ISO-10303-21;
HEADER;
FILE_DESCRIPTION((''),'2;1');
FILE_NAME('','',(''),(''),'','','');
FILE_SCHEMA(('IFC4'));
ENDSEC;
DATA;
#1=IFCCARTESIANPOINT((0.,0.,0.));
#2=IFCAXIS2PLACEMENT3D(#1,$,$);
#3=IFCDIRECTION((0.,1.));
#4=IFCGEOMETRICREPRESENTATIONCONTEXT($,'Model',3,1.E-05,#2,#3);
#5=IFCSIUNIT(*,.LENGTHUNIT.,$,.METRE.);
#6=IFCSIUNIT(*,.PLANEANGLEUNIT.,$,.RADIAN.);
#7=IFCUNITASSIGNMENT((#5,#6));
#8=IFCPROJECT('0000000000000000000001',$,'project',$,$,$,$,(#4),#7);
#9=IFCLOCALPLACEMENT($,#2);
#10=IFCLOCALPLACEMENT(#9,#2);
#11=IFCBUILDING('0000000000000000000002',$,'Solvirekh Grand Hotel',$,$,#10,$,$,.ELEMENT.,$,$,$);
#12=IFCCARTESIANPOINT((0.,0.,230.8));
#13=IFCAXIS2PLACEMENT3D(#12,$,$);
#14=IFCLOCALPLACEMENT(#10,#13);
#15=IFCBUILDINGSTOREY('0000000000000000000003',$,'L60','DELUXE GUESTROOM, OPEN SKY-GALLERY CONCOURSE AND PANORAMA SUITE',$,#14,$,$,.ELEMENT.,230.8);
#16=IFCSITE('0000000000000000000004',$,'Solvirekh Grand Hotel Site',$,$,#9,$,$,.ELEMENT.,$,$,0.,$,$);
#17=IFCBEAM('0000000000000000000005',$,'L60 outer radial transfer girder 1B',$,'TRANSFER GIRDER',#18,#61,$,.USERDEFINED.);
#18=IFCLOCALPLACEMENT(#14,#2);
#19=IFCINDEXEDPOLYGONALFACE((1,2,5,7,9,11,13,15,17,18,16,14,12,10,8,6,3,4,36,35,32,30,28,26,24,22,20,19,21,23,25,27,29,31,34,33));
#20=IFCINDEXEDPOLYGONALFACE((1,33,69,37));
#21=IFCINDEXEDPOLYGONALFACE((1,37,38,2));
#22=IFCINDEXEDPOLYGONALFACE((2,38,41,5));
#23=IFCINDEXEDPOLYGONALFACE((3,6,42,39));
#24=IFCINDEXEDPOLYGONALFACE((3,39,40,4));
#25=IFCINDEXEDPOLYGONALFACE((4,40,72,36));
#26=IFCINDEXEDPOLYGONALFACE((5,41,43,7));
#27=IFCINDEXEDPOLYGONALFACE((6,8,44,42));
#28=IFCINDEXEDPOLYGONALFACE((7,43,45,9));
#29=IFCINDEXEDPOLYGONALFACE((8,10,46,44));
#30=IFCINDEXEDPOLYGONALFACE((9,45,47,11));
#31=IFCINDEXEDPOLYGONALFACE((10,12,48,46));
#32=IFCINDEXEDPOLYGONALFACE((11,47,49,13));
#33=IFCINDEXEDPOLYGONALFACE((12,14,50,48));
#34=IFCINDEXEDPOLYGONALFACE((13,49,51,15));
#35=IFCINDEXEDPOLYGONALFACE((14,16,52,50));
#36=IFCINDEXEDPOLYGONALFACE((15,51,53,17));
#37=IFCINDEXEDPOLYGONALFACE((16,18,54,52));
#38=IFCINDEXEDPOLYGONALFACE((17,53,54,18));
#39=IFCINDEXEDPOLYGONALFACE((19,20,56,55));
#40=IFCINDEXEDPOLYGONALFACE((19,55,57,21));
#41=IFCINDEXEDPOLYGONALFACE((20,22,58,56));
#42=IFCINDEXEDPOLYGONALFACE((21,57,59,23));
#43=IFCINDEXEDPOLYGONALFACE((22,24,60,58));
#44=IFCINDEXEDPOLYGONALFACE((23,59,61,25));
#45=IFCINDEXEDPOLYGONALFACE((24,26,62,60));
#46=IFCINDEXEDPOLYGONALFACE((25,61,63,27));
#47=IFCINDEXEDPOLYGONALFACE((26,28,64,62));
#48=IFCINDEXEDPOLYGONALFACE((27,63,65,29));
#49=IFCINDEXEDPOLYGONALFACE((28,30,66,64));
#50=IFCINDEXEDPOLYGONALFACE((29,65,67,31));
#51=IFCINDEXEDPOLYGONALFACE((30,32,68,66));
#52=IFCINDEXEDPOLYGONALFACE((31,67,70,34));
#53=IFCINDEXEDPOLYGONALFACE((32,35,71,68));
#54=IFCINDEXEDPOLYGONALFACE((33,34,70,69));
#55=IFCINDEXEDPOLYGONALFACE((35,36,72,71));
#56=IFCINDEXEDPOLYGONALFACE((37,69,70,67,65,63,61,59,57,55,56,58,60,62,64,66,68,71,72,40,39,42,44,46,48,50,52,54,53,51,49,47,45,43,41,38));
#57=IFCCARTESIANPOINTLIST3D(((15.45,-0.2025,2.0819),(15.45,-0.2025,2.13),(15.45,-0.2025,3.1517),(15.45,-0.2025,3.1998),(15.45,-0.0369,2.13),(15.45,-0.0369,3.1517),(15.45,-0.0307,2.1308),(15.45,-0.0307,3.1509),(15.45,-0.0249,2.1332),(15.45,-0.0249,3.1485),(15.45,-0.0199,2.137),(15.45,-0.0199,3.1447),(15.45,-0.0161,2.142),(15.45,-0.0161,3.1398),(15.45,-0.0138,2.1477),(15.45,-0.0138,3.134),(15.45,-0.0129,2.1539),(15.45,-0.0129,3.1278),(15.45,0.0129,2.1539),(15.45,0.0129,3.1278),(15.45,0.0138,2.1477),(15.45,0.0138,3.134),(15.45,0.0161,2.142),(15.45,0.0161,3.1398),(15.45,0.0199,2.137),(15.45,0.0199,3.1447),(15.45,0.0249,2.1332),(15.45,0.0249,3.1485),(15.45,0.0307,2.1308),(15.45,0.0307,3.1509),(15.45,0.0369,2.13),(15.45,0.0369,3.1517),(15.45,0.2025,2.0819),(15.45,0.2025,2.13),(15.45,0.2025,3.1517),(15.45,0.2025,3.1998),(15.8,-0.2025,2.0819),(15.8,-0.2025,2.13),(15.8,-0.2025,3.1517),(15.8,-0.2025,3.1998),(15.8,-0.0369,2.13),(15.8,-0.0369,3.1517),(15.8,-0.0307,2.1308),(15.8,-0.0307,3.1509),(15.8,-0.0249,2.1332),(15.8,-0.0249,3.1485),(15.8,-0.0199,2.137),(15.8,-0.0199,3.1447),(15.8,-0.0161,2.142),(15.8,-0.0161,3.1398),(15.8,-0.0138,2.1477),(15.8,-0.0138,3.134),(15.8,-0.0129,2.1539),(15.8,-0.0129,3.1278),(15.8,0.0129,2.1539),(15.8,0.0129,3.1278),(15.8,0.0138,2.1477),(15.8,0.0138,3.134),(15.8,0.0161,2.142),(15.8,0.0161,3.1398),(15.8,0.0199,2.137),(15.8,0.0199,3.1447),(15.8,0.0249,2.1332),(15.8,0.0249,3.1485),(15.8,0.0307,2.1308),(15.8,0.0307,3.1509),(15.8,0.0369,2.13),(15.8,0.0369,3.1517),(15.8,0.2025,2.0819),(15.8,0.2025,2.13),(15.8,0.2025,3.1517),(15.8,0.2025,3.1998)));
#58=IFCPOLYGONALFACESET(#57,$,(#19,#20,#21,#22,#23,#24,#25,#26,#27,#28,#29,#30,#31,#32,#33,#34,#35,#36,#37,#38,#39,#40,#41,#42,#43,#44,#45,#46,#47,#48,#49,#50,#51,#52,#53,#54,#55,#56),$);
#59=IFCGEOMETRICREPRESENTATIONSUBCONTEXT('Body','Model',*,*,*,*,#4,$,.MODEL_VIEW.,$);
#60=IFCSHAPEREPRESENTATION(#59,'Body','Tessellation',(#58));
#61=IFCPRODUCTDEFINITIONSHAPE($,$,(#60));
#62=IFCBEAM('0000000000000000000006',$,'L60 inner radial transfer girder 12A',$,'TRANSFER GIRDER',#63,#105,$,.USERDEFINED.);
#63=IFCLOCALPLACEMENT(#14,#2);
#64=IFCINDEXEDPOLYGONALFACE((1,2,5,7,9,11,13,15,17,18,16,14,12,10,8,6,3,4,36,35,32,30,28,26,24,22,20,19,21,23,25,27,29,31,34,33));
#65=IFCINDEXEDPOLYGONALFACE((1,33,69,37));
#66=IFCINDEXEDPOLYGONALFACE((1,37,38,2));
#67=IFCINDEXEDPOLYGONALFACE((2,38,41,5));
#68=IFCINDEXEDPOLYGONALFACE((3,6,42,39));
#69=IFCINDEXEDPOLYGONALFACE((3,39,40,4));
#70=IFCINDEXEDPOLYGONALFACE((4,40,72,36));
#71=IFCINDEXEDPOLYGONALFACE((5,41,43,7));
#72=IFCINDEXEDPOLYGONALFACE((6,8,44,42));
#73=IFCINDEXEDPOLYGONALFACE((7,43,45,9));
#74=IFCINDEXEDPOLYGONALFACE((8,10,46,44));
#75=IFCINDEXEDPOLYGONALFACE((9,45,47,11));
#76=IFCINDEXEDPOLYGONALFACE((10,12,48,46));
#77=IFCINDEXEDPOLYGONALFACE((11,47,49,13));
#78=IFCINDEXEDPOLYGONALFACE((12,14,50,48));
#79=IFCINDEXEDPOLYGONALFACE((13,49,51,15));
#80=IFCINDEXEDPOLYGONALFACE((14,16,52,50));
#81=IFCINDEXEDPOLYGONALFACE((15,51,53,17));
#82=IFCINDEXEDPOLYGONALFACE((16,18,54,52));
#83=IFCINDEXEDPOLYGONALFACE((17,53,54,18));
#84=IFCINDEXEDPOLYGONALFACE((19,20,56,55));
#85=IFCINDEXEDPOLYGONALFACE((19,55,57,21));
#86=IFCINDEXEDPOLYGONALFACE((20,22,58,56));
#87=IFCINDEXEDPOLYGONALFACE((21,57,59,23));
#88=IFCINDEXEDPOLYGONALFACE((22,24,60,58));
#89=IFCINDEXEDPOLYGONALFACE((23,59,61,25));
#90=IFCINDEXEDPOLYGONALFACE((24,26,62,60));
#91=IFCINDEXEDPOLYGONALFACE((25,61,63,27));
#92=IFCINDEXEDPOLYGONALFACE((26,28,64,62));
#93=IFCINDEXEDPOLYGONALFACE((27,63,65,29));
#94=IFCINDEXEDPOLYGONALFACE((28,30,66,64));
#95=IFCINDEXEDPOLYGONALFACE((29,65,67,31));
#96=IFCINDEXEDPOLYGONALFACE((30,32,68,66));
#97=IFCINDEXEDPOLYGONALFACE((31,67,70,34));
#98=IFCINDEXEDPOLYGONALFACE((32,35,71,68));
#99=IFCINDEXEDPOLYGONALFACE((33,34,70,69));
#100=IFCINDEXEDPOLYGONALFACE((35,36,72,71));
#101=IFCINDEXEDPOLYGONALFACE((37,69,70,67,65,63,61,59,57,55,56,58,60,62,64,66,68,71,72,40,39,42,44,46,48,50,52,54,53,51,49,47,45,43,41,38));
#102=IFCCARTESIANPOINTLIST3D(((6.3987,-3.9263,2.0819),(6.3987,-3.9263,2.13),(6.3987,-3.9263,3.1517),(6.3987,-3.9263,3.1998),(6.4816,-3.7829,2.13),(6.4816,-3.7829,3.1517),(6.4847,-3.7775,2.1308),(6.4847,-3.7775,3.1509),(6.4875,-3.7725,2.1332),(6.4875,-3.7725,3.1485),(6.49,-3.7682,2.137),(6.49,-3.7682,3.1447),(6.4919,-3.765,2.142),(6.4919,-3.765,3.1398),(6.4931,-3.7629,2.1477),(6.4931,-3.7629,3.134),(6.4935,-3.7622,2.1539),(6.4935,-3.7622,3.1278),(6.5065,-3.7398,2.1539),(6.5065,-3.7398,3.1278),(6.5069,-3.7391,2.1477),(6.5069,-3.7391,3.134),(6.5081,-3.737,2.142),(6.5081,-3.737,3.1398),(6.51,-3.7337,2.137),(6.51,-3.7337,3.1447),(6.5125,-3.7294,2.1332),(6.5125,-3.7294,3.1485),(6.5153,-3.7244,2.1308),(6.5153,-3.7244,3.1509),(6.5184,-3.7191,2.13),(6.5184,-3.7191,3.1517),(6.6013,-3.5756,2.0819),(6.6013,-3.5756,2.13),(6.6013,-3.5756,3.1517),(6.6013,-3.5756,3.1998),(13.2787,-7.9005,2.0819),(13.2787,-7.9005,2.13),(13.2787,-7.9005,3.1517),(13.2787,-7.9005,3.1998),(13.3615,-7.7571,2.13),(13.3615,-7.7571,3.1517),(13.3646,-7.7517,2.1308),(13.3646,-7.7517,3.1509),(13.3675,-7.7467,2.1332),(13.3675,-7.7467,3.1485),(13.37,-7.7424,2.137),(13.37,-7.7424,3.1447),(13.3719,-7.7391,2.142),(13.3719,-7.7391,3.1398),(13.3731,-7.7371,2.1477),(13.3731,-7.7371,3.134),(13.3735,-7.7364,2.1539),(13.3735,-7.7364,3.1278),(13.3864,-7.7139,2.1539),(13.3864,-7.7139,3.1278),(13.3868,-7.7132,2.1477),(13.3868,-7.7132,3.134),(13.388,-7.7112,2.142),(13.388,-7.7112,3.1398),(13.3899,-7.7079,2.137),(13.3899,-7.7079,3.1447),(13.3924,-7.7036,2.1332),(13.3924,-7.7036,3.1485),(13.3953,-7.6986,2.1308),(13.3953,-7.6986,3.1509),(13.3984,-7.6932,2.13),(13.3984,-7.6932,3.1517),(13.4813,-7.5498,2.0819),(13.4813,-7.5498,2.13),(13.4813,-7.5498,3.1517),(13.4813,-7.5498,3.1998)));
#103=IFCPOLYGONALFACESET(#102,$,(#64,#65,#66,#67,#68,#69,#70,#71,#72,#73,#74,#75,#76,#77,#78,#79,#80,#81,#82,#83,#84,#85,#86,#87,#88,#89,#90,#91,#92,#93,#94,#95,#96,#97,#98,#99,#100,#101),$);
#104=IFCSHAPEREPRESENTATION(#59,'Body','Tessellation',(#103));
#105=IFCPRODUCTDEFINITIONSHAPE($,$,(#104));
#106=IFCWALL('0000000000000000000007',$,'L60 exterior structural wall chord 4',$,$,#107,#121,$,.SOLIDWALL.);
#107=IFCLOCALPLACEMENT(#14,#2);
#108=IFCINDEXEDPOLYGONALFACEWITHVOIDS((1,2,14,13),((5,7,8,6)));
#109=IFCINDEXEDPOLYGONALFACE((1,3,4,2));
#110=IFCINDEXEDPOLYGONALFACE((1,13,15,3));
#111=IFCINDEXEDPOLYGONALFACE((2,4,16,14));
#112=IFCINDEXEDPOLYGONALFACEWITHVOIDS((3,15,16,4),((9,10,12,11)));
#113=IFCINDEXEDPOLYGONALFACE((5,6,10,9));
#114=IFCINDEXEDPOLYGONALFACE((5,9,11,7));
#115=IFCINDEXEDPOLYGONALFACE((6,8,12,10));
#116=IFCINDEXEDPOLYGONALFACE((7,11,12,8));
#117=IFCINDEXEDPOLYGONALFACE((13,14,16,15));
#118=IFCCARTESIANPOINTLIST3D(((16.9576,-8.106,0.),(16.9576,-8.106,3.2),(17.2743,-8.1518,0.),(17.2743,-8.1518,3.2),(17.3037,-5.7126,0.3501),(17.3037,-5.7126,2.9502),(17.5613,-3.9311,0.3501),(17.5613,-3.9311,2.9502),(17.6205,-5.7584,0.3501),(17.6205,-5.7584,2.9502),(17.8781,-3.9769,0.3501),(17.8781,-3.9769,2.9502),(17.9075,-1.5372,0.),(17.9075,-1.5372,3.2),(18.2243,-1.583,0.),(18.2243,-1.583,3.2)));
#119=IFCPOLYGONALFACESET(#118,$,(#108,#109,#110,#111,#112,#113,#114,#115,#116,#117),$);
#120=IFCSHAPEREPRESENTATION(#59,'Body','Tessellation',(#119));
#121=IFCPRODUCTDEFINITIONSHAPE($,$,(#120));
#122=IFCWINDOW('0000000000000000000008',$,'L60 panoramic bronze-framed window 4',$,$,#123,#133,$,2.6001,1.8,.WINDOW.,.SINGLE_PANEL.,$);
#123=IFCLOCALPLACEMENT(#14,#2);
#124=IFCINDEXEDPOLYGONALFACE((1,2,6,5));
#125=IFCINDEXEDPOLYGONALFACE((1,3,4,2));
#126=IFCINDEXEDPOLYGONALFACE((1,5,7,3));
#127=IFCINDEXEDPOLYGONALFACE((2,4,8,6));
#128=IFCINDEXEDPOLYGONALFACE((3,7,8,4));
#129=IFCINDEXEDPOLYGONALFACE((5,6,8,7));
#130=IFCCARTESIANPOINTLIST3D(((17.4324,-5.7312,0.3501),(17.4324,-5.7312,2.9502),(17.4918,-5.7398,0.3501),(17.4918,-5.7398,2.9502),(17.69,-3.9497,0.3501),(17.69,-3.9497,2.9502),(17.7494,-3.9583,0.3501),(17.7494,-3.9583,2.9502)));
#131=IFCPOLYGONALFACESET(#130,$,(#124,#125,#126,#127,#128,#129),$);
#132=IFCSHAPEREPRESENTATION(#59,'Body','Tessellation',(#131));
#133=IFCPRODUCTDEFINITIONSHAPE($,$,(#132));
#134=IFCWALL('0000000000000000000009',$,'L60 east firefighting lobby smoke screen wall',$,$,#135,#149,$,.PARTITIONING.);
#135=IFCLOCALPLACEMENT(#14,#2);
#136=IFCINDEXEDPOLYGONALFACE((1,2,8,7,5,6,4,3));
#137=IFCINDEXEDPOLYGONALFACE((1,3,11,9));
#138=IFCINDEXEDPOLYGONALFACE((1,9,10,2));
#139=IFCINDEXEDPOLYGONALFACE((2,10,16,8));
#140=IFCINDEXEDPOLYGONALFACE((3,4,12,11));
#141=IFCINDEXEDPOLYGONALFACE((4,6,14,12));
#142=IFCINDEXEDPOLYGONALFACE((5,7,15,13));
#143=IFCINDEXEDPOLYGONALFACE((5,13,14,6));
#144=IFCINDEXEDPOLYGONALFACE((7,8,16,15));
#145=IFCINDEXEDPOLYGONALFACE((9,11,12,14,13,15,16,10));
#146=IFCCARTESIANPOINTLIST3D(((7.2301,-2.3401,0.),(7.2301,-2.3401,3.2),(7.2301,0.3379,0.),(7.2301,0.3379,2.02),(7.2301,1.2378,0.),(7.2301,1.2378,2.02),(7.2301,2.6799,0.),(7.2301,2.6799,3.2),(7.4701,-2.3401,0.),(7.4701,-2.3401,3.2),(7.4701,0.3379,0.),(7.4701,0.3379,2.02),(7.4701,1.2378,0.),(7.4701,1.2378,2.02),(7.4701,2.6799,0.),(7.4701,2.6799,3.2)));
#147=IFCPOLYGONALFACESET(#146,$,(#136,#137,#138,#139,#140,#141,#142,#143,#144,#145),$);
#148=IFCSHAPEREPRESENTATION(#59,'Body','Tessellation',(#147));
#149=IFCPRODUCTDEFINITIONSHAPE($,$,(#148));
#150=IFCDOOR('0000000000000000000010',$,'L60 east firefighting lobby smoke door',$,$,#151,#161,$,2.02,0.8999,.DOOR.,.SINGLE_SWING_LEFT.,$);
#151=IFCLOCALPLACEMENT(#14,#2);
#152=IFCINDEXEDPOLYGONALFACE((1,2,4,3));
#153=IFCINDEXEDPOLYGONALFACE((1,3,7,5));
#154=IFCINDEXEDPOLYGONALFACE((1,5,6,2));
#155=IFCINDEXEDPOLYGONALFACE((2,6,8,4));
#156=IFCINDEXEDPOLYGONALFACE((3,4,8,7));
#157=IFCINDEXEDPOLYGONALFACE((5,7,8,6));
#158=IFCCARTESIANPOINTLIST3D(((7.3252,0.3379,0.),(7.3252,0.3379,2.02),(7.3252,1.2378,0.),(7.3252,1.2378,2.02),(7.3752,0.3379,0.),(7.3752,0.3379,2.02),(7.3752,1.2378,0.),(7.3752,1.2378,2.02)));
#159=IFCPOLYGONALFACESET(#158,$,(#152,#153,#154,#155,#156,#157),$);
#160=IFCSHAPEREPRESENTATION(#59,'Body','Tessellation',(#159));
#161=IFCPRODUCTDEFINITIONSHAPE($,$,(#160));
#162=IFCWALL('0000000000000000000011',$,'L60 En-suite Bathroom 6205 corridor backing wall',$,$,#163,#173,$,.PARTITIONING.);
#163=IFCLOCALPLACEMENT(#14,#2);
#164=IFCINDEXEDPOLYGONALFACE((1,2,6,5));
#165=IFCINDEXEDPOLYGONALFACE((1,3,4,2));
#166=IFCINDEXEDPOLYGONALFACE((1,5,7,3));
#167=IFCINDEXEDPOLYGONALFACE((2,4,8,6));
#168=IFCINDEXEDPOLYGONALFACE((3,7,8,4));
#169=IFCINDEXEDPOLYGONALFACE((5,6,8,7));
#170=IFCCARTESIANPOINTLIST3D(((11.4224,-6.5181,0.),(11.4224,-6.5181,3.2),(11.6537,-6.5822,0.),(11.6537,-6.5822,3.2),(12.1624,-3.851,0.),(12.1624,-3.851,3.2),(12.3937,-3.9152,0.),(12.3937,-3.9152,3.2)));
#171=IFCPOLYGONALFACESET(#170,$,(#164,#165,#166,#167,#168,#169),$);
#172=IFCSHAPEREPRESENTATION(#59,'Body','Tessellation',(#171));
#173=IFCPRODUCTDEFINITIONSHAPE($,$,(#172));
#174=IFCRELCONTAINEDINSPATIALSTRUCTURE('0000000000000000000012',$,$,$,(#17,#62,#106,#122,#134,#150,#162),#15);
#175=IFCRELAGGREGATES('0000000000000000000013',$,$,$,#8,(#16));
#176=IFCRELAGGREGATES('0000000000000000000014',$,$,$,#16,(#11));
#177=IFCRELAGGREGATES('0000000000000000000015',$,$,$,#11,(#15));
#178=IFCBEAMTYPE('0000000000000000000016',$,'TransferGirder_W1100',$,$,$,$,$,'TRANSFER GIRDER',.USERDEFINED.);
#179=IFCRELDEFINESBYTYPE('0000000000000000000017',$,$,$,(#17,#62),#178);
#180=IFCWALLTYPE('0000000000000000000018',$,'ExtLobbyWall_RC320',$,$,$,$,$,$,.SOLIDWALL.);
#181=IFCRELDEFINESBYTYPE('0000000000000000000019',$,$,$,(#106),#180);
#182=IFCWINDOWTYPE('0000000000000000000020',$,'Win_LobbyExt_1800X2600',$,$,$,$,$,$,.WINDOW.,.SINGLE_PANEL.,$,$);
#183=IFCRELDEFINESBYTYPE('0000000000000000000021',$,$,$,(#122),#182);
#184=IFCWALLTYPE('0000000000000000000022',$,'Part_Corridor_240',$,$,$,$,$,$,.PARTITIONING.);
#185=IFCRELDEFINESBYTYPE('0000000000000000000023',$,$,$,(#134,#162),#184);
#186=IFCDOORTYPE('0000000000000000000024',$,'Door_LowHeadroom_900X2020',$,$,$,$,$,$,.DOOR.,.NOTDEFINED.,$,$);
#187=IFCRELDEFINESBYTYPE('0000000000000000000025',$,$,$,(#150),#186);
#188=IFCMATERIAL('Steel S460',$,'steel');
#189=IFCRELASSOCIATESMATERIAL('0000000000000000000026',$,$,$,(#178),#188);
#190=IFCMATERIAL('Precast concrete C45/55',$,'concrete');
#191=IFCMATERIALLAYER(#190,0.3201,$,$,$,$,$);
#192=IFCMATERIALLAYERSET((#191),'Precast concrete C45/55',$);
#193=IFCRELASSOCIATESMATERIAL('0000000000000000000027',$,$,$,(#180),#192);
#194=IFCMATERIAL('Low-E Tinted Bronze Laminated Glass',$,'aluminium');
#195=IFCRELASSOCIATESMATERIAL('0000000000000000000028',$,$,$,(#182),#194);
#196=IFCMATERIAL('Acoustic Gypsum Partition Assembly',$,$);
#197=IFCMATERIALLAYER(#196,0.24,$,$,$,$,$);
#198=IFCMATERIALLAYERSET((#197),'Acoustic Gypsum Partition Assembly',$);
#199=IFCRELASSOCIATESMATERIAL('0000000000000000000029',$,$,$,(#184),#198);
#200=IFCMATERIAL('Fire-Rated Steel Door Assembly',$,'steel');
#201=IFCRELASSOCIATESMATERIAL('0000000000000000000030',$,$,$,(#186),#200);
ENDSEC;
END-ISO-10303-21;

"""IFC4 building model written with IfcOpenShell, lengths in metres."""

from ifc_helpers import new_model, si_unit, direction, frame, frame_2d, origin, origin_2d, place, context, subcontext, project, spatial, rectangle, i_section, extrude, material, layer, layer_set, material_profile, profile_set, type_object, element, fill, save


model = new_model("IFC4")

# Units and contexts
model_context = context("Model", 3, precision=1e-05, world=origin(), true_north=direction((0.0, 1.0)))
body_context = subcontext(model_context, "Body", "Model", "MODEL_VIEW")
ifc_project = project(units=[si_unit("LENGTHUNIT", "METRE"), si_unit("PLANEANGLEUNIT", "RADIAN")], contexts=[model_context])

# Site, building, storey
site_placement = place(None, origin())
site = spatial("IfcSite", under=ifc_project, at=site_placement, Name="Solvirekh Grand Hotel Site", CompositionType="ELEMENT", RefElevation=0.0)
building_placement = place(site_placement, origin())
building = spatial("IfcBuilding", under=site, at=building_placement, Name="Solvirekh Grand Hotel", CompositionType="ELEMENT")
storey_placement = place(building_placement, frame((0.0, 0.0, 230.8)))
storey = spatial("IfcBuildingStorey", under=building, at=storey_placement, Name="L60", Description="DELUXE GUESTROOM, OPEN SKY-GALLERY CONCOURSE AND PANORAMA SUITE", CompositionType="ELEMENT", Elevation=230.8)

# Beams
ifc_material_1 = material(Name="Steel S460", Category="steel")
ifc_material_profile_1 = material_profile(ifc_material_1, i_section(OverallWidth=0.405, OverallDepth=1.1179, WebThickness=0.0259, FlangeThickness=0.0481, FilletRadius=0.0239, at=origin_2d()), Name="W1100X499")
ifc_profile_set_1 = profile_set([ifc_material_profile_1], Name="Steel S460")
beam_type_1 = type_object("IfcBeamType", Name="TransferGirder_W1100", ElementType="TRANSFER GIRDER", PredefinedType="USERDEFINED", material=ifc_profile_set_1)
beam_1_placement = place(storey_placement, frame((15.45, 0.0, 2.6409), z_axis=(1.0, 0.0, 0.0), x_axis=(0.0, 1.0, 0.0)))
element("IfcBeam", 1, at=beam_1_placement, inside=storey, type_object=beam_type_1, Name="L60 outer radial transfer girder 1B", ObjectType="TRANSFER GIRDER", PredefinedType="USERDEFINED", context=body_context, shape_type="SweptSolid", body=[
    extrude(i_section(OverallWidth=0.405, OverallDepth=1.1179, WebThickness=0.0259, FlangeThickness=0.0481, FilletRadius=0.0239, at=origin_2d()), origin(), (0.0, 0.0, 1.0), 0.3501),
])
beam_2_placement = place(storey_placement, frame((6.5, -3.751, 2.6409), z_axis=(0.865915, -0.500191, 0.0), x_axis=(0.500191, 0.865915, 0.0)))
element("IfcBeam", 2, at=beam_2_placement, inside=storey, type_object=beam_type_1, Name="L60 inner radial transfer girder 12A", ObjectType="TRANSFER GIRDER", PredefinedType="USERDEFINED", context=body_context, shape_type="SweptSolid", body=[
    extrude(i_section(OverallWidth=0.405, OverallDepth=1.1179, WebThickness=0.0259, FlangeThickness=0.0481, FilletRadius=0.0239, at=origin_2d()), origin(), (0.0, 0.0, 1.0), 7.9453),
])

# Wall, opening, window
ifc_material_2 = material(Name="Precast concrete C45/55", Category="concrete")
ifc_layer_1 = layer(ifc_material_2, 0.3201)
ifc_layer_set_1 = layer_set([ifc_layer_1], Name="Precast concrete C45/55")
wall_type_1 = type_object("IfcWallType", Name="ExtLobbyWall_RC320", PredefinedType="SOLIDWALL", material=ifc_layer_set_1)
wall_1_placement = place(storey_placement, frame((18.0659, -1.5601, 0.0), z_axis=(0.0, 0.0, 1.0), x_axis=(-0.143126, -0.989705, 0.0)))
wall_1 = element("IfcWall", 3, at=wall_1_placement, inside=storey, type_object=wall_type_1, Name="L60 exterior structural wall chord 4", PredefinedType="SOLIDWALL", context=body_context, shape_type="SweptSolid", body=[
    extrude(rectangle(XDim=6.6372, YDim=0.3201, at=frame_2d((3.3186, 0.0))), origin(), (0.0, 0.0, 1.0), 3.2),
])
opening_1_placement = place(wall_1_placement, frame((2.4189, 0.0, 0.3501)))
opening_1 = element("IfcOpeningElement", 4, at=opening_1_placement, cuts=wall_1, PredefinedType="OPENING", context=body_context, shape_type="SweptSolid", body=[
    extrude(rectangle(XDim=1.8, YDim=2.6001, at=frame_2d((0.8999, 1.3))), frame((0.0, 0.1699, 0.0), z_axis=(0.0, -1.0, 0.0), x_axis=(1.0, 0.0, 0.0)), (0.0, 0.0, 1.0), 0.3401),
])
ifc_material_3 = material(Name="Low-E Tinted Bronze Laminated Glass", Category="aluminium")
window_type = type_object("IfcWindowType", Name="Win_LobbyExt_1800X2600", PartitioningType="SINGLE_PANEL", PredefinedType="WINDOW", material=ifc_material_3)
window_placement = place(opening_1_placement, origin())
window = element("IfcWindow", 5, at=window_placement, inside=storey, type_object=window_type, Name="L60 panoramic bronze-framed window 4", OverallHeight=2.6001, OverallWidth=1.8, PartitioningType="SINGLE_PANEL", PredefinedType="WINDOW", context=body_context, shape_type="SweptSolid", body=[
    extrude(rectangle(XDim=1.8, YDim=2.6001, at=frame_2d((0.8999, 1.3))), frame((0.0, 0.03, 0.0), z_axis=(0.0, -1.0, 0.0), x_axis=(1.0, 0.0, 0.0)), (0.0, 0.0, 1.0), 0.0601),
])
fill(opening_1, window)

# Wall, opening, door
ifc_material_4 = material(Name="Acoustic Gypsum Partition Assembly")
ifc_layer_2 = layer(ifc_material_4, 0.24)
ifc_layer_set_2 = layer_set([ifc_layer_2], Name="Acoustic Gypsum Partition Assembly")
wall_type_2 = type_object("IfcWallType", Name="Part_Corridor_240", PredefinedType="PARTITIONING", material=ifc_layer_set_2)
wall_2_placement = place(storey_placement, frame((7.3501, -2.3401, 0.0), z_axis=(0.0, 0.0, 1.0), x_axis=(0.0, 1.0, 0.0)))
wall_2 = element("IfcWall", 6, at=wall_2_placement, inside=storey, type_object=wall_type_2, Name="L60 east firefighting lobby smoke screen wall", PredefinedType="PARTITIONING", context=body_context, shape_type="SweptSolid", body=[
    extrude(rectangle(XDim=5.02, YDim=0.24, at=frame_2d((2.51, 0.0))), origin(), (0.0, 0.0, 1.0), 3.2),
])
opening_2_placement = place(wall_2_placement, frame((2.678, 0.0, 0.0)))
opening_2 = element("IfcOpeningElement", 7, at=opening_2_placement, cuts=wall_2, PredefinedType="OPENING", context=body_context, shape_type="SweptSolid", body=[
    extrude(rectangle(XDim=0.8999, YDim=2.02, at=frame_2d((0.45, 1.01))), frame((0.0, 0.1299, 0.0), z_axis=(0.0, -1.0, 0.0), x_axis=(1.0, 0.0, 0.0)), (0.0, 0.0, 1.0), 0.26),
])
ifc_material_5 = material(Name="Fire-Rated Steel Door Assembly", Category="steel")
door_type_1 = type_object("IfcDoorType", Name="Door_LowHeadroom_900X2020", OperationType="NOTDEFINED", PredefinedType="DOOR", material=ifc_material_5)
door_1_placement = place(opening_2_placement, origin())
door_1 = element("IfcDoor", 8, at=door_1_placement, inside=storey, type_object=door_type_1, Name="L60 east firefighting lobby smoke door", OperationType="SINGLE_SWING_LEFT", OverallHeight=2.02, OverallWidth=0.8999, PredefinedType="DOOR", context=body_context, shape_type="SweptSolid", body=[
    extrude(rectangle(XDim=0.8999, YDim=2.02, at=frame_2d((0.45, 1.01))), frame((0.0, 0.0249, 0.0), z_axis=(0.0, -1.0, 0.0), x_axis=(1.0, 0.0, 0.0)), (0.0, 0.0, 1.0), 0.05),
])
fill(opening_2, door_1)

# Wall
wall_3_placement = place(storey_placement, frame((11.5381, -6.55, 0.0), z_axis=(0.0, 0.0, 1.0), x_axis=(0.267362, 0.963596, 0.0)))
element("IfcWall", 9, at=wall_3_placement, inside=storey, type_object=wall_type_2, Name="L60 En-suite Bathroom 6205 corridor backing wall", PredefinedType="PARTITIONING", context=body_context, shape_type="SweptSolid", body=[
    extrude(rectangle(XDim=2.7678, YDim=0.24, at=frame_2d((1.3838, 0.0))), origin(), (0.0, 0.0, 1.0), 3.2),
])

save(model, "model.ifc")
